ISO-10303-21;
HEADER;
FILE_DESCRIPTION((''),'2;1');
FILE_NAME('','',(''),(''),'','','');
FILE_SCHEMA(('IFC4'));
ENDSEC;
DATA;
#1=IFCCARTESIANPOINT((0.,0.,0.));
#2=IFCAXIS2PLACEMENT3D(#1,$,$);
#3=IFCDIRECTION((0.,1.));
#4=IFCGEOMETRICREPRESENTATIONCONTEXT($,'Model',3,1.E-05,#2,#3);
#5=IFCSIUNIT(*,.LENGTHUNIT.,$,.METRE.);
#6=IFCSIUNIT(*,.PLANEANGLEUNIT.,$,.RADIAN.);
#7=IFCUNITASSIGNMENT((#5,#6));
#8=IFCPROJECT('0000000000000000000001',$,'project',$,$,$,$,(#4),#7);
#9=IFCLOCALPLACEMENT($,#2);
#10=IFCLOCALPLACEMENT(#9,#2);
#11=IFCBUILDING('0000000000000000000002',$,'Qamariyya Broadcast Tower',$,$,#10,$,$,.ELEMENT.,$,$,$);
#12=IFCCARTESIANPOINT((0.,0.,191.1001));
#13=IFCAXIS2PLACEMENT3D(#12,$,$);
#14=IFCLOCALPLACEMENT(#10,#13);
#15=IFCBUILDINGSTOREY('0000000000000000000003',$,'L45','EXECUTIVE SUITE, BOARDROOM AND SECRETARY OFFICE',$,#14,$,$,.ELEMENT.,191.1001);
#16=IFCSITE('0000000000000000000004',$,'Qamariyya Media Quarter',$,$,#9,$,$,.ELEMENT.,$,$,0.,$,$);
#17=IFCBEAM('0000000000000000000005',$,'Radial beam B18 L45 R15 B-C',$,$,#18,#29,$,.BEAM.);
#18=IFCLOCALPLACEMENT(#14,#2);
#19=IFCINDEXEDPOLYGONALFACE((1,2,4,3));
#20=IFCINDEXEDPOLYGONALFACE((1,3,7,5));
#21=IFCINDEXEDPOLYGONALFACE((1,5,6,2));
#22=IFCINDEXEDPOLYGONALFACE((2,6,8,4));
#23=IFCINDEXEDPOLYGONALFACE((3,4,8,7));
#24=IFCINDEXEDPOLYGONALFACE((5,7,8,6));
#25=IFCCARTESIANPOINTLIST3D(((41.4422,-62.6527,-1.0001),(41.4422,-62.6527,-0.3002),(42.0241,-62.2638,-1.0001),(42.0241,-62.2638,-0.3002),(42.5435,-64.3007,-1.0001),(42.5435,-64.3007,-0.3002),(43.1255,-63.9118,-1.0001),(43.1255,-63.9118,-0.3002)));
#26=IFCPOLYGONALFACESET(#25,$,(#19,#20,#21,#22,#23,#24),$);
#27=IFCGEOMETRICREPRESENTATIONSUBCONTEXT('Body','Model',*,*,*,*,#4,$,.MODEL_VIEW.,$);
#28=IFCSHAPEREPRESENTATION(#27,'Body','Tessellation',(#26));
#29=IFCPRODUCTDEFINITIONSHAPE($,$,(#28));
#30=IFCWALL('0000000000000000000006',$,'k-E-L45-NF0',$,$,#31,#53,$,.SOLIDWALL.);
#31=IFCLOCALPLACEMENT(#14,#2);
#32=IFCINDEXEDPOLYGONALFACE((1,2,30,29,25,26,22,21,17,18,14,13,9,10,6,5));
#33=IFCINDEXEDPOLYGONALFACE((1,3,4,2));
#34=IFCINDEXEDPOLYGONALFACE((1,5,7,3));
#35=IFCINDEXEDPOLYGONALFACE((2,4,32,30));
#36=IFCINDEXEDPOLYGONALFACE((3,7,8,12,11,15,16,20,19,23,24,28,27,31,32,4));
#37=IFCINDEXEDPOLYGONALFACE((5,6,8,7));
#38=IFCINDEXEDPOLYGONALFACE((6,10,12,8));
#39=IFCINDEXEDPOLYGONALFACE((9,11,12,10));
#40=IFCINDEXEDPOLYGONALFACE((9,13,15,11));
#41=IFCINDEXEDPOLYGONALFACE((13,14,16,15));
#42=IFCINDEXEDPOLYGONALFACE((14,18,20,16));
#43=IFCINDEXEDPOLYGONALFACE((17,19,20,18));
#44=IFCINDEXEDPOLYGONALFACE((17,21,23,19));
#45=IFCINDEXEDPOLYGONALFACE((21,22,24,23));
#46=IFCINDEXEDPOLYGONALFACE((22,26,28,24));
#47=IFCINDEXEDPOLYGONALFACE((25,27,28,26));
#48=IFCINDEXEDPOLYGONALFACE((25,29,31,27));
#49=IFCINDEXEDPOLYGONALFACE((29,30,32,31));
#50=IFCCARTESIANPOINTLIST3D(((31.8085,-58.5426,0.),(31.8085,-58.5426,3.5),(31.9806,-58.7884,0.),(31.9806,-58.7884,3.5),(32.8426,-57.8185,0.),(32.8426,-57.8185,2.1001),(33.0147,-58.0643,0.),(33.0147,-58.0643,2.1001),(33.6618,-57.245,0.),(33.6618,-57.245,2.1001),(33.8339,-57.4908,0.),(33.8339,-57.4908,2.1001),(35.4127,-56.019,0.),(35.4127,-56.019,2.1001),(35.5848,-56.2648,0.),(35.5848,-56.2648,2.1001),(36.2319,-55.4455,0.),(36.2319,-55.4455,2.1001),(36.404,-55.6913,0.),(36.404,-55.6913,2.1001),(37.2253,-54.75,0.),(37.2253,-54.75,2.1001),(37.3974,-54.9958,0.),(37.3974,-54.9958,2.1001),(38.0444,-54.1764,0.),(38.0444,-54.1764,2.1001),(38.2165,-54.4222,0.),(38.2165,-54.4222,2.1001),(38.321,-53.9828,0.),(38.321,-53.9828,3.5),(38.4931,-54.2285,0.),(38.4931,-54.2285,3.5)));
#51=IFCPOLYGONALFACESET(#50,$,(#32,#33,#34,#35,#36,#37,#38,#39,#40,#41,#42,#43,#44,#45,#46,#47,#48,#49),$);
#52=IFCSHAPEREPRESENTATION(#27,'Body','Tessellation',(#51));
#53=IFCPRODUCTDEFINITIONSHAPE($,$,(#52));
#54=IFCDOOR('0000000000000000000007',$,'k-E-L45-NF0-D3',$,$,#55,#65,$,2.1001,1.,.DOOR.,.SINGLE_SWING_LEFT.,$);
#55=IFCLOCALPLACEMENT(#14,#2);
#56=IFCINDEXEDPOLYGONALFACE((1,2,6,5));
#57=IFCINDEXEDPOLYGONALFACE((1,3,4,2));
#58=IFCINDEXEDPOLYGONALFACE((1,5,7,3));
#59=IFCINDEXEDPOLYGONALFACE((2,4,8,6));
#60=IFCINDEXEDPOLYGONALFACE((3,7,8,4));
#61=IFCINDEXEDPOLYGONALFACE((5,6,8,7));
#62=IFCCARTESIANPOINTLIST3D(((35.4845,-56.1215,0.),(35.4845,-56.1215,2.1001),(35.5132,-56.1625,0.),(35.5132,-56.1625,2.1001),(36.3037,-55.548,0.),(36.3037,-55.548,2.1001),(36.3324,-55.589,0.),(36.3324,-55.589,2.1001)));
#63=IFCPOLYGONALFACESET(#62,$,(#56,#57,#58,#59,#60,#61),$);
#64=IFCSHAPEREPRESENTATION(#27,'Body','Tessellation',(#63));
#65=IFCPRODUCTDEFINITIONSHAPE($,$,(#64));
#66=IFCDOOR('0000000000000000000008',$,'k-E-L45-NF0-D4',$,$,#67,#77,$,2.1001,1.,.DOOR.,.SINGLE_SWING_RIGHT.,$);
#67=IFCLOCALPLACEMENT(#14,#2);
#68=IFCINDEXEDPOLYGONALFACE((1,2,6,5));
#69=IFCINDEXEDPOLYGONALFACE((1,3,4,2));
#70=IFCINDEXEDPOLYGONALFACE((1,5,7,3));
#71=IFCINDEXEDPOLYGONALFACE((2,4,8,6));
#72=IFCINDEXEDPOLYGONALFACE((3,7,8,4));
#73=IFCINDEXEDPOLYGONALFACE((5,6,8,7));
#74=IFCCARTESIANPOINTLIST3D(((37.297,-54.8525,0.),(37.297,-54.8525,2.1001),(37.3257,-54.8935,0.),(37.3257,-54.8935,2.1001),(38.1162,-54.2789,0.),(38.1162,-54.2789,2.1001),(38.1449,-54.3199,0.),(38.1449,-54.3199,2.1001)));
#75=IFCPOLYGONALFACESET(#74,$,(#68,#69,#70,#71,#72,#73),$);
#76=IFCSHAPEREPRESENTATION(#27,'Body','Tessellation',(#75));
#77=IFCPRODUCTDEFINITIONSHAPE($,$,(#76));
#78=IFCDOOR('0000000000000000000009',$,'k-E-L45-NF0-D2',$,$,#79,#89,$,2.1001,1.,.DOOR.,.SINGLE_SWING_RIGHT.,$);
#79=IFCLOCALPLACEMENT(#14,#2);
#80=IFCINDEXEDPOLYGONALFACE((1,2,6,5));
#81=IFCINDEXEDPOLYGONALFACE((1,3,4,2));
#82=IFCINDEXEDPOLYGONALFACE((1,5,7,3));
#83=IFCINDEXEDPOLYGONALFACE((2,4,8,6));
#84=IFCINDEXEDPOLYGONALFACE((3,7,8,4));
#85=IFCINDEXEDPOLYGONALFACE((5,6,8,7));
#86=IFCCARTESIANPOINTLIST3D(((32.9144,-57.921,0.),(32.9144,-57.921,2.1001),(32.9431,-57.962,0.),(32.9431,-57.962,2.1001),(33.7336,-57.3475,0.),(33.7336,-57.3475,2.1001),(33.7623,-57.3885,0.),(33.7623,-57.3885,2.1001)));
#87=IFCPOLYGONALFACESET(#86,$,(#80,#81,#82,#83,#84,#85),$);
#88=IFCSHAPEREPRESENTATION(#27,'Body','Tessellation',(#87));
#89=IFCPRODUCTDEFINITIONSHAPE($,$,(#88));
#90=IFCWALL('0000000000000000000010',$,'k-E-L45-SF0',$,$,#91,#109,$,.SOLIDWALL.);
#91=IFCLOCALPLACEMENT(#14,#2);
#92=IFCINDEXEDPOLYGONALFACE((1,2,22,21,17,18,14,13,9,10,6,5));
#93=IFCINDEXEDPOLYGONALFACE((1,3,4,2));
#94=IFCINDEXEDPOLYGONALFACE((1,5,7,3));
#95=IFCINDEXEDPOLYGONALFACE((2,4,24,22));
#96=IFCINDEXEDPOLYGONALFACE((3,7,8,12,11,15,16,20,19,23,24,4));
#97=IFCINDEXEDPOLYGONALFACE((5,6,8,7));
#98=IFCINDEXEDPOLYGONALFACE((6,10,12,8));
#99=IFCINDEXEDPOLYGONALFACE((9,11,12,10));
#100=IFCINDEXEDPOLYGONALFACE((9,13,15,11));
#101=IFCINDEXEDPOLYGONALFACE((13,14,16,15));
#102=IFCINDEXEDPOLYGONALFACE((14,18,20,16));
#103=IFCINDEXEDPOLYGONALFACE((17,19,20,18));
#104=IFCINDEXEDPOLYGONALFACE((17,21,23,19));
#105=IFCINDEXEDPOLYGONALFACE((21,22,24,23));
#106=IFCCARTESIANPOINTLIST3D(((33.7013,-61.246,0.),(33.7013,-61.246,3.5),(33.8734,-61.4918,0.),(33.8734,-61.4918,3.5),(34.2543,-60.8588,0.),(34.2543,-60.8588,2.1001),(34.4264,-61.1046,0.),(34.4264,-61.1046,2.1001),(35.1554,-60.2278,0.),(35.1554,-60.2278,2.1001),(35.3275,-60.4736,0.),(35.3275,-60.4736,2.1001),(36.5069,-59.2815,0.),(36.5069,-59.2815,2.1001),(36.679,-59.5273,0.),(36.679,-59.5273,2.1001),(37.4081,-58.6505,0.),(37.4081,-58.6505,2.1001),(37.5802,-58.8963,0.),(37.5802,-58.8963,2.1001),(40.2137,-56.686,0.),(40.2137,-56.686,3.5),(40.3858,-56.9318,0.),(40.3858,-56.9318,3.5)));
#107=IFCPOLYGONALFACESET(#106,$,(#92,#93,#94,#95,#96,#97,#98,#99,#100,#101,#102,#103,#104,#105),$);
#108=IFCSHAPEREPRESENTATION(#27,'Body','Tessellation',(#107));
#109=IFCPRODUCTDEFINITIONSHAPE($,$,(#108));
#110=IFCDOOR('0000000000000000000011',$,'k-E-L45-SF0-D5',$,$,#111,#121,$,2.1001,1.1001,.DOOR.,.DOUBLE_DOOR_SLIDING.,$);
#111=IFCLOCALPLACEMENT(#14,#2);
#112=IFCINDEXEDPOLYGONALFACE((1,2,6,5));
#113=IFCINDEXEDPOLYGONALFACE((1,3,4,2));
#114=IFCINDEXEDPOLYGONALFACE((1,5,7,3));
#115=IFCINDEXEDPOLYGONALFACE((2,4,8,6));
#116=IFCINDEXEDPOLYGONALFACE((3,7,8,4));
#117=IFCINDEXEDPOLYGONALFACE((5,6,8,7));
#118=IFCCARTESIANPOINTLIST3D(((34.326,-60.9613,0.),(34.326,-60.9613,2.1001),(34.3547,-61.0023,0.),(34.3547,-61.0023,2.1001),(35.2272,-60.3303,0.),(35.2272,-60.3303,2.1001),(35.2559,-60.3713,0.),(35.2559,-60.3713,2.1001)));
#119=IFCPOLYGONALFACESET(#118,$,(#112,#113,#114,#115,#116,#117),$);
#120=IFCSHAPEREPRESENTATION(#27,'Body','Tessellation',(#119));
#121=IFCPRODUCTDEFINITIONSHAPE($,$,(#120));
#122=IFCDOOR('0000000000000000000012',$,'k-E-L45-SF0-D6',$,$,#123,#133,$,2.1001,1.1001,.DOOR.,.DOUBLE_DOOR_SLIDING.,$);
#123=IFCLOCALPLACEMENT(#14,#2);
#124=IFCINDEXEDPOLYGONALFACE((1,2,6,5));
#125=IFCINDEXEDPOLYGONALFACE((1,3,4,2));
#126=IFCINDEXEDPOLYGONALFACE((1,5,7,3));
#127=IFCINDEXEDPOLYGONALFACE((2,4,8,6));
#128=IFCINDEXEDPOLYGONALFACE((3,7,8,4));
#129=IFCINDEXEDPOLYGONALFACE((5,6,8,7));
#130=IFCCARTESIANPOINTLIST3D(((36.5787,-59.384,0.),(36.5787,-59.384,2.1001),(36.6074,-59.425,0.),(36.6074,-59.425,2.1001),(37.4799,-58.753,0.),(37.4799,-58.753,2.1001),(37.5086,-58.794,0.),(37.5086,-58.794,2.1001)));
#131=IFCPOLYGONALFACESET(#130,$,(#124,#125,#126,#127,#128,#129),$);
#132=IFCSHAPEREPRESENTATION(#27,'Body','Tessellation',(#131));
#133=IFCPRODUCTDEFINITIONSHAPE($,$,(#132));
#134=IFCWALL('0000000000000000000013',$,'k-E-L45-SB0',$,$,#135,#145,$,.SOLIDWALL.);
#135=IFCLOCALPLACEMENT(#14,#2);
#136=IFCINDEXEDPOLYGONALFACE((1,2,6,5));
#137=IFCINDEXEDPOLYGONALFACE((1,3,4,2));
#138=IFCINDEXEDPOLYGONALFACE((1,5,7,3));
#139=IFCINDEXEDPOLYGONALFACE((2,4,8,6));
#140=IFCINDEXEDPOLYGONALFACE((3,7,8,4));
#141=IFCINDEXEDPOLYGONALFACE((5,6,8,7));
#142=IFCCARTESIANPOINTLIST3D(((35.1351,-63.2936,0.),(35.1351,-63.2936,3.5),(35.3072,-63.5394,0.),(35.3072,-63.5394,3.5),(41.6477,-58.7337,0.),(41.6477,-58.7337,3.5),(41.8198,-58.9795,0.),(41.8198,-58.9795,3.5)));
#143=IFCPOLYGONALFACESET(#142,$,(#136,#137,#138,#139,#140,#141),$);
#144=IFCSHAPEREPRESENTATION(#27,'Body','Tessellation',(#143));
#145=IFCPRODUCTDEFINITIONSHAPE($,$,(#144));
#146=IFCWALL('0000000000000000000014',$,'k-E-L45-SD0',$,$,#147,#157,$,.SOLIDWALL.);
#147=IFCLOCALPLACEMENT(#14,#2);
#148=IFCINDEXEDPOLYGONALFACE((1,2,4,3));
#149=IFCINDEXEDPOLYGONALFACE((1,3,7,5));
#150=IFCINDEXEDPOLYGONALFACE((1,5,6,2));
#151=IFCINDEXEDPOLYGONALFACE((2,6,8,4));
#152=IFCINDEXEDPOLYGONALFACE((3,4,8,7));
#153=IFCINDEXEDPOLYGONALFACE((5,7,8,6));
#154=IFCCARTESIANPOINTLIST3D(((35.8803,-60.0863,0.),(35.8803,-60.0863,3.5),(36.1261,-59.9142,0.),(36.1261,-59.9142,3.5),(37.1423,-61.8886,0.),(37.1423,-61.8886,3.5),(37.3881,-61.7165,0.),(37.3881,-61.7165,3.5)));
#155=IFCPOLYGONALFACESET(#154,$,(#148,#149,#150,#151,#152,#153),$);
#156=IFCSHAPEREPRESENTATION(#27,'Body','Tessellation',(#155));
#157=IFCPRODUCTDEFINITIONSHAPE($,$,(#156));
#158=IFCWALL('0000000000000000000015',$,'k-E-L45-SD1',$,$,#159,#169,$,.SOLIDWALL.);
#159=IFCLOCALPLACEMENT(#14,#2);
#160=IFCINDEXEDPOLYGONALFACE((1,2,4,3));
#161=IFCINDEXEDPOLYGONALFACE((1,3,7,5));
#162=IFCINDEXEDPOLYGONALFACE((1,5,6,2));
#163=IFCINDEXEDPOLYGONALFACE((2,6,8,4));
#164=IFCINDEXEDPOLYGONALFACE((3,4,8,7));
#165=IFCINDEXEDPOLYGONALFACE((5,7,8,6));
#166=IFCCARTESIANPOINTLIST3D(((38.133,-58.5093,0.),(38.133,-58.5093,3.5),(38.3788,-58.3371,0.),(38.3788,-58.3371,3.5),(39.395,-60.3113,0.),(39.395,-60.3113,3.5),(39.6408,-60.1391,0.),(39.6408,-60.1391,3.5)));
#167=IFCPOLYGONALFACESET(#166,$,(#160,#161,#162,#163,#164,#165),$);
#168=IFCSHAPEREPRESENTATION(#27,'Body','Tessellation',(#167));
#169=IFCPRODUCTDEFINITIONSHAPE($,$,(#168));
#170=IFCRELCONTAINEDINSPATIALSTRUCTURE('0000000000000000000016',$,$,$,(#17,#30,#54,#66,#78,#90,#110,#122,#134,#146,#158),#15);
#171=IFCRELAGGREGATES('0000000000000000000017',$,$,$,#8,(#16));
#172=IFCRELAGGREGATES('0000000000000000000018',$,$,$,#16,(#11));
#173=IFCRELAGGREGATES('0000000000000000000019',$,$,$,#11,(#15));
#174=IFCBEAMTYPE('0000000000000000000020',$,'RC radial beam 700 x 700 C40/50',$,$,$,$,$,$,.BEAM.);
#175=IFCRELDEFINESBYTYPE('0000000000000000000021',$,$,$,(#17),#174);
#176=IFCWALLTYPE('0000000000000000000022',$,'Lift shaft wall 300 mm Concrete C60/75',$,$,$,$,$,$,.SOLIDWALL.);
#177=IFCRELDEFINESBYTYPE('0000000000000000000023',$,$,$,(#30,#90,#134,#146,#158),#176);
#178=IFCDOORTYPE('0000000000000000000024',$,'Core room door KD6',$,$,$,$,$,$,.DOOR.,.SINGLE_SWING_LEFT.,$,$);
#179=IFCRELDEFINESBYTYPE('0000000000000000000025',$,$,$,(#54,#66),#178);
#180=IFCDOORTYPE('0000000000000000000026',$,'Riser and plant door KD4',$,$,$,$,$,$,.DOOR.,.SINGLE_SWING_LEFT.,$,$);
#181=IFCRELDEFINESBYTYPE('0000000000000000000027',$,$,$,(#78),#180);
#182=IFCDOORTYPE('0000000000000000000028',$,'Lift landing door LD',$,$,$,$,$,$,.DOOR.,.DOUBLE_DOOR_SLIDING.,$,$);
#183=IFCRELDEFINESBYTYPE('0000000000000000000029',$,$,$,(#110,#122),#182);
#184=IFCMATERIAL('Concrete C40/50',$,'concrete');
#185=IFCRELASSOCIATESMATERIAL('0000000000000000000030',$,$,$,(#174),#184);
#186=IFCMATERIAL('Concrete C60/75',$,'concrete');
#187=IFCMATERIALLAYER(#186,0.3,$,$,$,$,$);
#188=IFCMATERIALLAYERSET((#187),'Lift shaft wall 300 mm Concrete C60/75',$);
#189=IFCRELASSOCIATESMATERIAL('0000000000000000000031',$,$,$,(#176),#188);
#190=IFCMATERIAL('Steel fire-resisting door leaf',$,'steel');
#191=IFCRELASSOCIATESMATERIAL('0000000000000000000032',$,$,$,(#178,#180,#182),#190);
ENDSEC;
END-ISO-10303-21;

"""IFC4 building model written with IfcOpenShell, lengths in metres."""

from ifc_helpers import new_model, si_unit, direction, frame, frame_2d, origin, origin_2d, place, context, subcontext, project, spatial, rectangle, extrude, material, layer, layer_set, material_profile, profile_set, type_object, element, fill, save


model = new_model("IFC4")

# Units and contexts
model_context = context("Model", 3, precision=1e-05, world=origin(), true_north=direction((0.0, 1.0)))
body_context = subcontext(model_context, "Body", "Model", "MODEL_VIEW")
ifc_project = project(units=[si_unit("LENGTHUNIT", "METRE"), si_unit("PLANEANGLEUNIT", "RADIAN")], contexts=[model_context])

# Site, building, storey
site_placement = place(None, origin())
site = spatial("IfcSite", under=ifc_project, at=site_placement, Name="Qamariyya Media Quarter", CompositionType="ELEMENT", RefElevation=0.0)
building_placement = place(site_placement, origin())
building = spatial("IfcBuilding", under=site, at=building_placement, Name="Qamariyya Broadcast Tower", CompositionType="ELEMENT")
storey_placement = place(building_placement, frame((0.0, 0.0, 191.1001)))
storey = spatial("IfcBuildingStorey", under=building, at=storey_placement, Name="L45", Description="EXECUTIVE SUITE, BOARDROOM AND SECRETARY OFFICE", CompositionType="ELEMENT", Elevation=191.1001)

# Beam
ifc_material_1 = material(Name="Concrete C40/50", Category="concrete")
ifc_material_profile = material_profile(ifc_material_1, rectangle(XDim=0.7, YDim=0.7, at=origin_2d()))
ifc_profile_set = profile_set([ifc_material_profile], Name="Concrete C40/50")
beam_type = type_object("IfcBeamType", Name="RC radial beam 700 x 700 C40/50", PredefinedType="BEAM", material=ifc_profile_set)
beam_placement = place(storey_placement, frame((41.7332, -62.4583, -0.6501), z_axis=(0.555638, -0.831424, 0.0), x_axis=(0.831424, 0.555638, 0.0)))
element("IfcBeam", 1, at=beam_placement, inside=storey, type_object=beam_type, Name="Radial beam B18 L45 R15 B-C", PredefinedType="BEAM", context=body_context, shape_type="SweptSolid", body=[
    extrude(rectangle(XDim=0.7, YDim=0.7, at=origin_2d()), origin(), (0.0, 0.0, 1.0), 1.9822),
])

# Walls, openings, doors
ifc_material_2 = material(Name="Concrete C60/75", Category="concrete")
ifc_layer_1 = layer(ifc_material_2, 0.3)
ifc_layer_set_1 = layer_set([ifc_layer_1], Name="Lift shaft wall 300 mm Concrete C60/75")
wall_type_1 = type_object("IfcWallType", Name="Lift shaft wall 300 mm Concrete C60/75", PredefinedType="SOLIDWALL", material=ifc_layer_set_1)
wall_1_placement = place(storey_placement, frame((31.8945, -58.6655, 0.0), z_axis=(0.0, 0.0, 1.0), x_axis=(0.819167, 0.573555, 0.0)))
wall_1 = element("IfcWall", 2, at=wall_1_placement, inside=storey, type_object=wall_type_1, Name="k-E-L45-NF0", PredefinedType="SOLIDWALL", context=body_context, shape_type="SweptSolid", body=[
    extrude(rectangle(XDim=7.9502, YDim=0.3, at=frame_2d((3.9751, 0.0))), origin(), (0.0, 0.0, 1.0), 3.5),
])
opening_1_placement = place(wall_1_placement, frame((1.2625, 0.0, 0.0)))
opening_1 = element("IfcOpeningElement", 3, at=opening_1_placement, cuts=wall_1, PredefinedType="OPENING", context=body_context, shape_type="SweptSolid", body=[
    extrude(rectangle(XDim=1.0, YDim=2.1001, at=frame_2d((0.5, 1.05))), frame((0.0, 0.1599, 0.0), z_axis=(0.0, -1.0, 0.0), x_axis=(1.0, 0.0, 0.0)), (0.0, 0.0, 1.0), 0.3201),
])
opening_2_placement = place(wall_1_placement, frame((4.3999, 0.0, 0.0)))
opening_2 = element("IfcOpeningElement", 4, at=opening_2_placement, cuts=wall_1, PredefinedType="OPENING", context=body_context, shape_type="SweptSolid", body=[
    extrude(rectangle(XDim=1.0, YDim=2.1001, at=frame_2d((0.5, 1.05))), frame((0.0, 0.1599, 0.0), z_axis=(0.0, -1.0, 0.0), x_axis=(1.0, 0.0, 0.0)), (0.0, 0.0, 1.0), 0.3201),
])
opening_3_placement = place(wall_1_placement, frame((6.6125, 0.0, 0.0)))
opening_3 = element("IfcOpeningElement", 5, at=opening_3_placement, cuts=wall_1, PredefinedType="OPENING", context=body_context, shape_type="SweptSolid", body=[
    extrude(rectangle(XDim=1.0, YDim=2.1001, at=frame_2d((0.5, 1.05))), frame((0.0, 0.1599, 0.0), z_axis=(0.0, -1.0, 0.0), x_axis=(1.0, 0.0, 0.0)), (0.0, 0.0, 1.0), 0.3201),
])
ifc_material_3 = material(Name="Steel fire-resisting door leaf", Category="steel")
door_type_1 = type_object("IfcDoorType", Name="Core room door KD6", OperationType="SINGLE_SWING_LEFT", PredefinedType="DOOR", material=ifc_material_3)
door_1_placement = place(opening_2_placement, origin())
door_1 = element("IfcDoor", 6, at=door_1_placement, inside=storey, type_object=door_type_1, Name="k-E-L45-NF0-D3", OperationType="SINGLE_SWING_LEFT", OverallHeight=2.1001, OverallWidth=1.0, PredefinedType="DOOR", context=body_context, shape_type="SweptSolid", body=[
    extrude(rectangle(XDim=1.0, YDim=2.1001, at=frame_2d((0.5, 1.05))), frame((0.0, 0.0249, 0.0), z_axis=(0.0, -1.0, 0.0), x_axis=(1.0, 0.0, 0.0)), (0.0, 0.0, 1.0), 0.05),
])
fill(opening_2, door_1)
door_2_placement = place(opening_3_placement, origin())
door_2 = element("IfcDoor", 7, at=door_2_placement, inside=storey, type_object=door_type_1, Name="k-E-L45-NF0-D4", OperationType="SINGLE_SWING_RIGHT", OverallHeight=2.1001, OverallWidth=1.0, PredefinedType="DOOR", context=body_context, shape_type="SweptSolid", body=[
    extrude(rectangle(XDim=1.0, YDim=2.1001, at=frame_2d((0.5, 1.05))), frame((0.0, 0.0249, 0.0), z_axis=(0.0, -1.0, 0.0), x_axis=(1.0, 0.0, 0.0)), (0.0, 0.0, 1.0), 0.05),
])
fill(opening_3, door_2)
door_type_2 = type_object("IfcDoorType", Name="Riser and plant door KD4", OperationType="SINGLE_SWING_LEFT", PredefinedType="DOOR", material=ifc_material_3)
door_3_placement = place(opening_1_placement, origin())
door_3 = element("IfcDoor", 8, at=door_3_placement, inside=storey, type_object=door_type_2, Name="k-E-L45-NF0-D2", OperationType="SINGLE_SWING_RIGHT", OverallHeight=2.1001, OverallWidth=1.0, PredefinedType="DOOR", context=body_context, shape_type="SweptSolid", body=[
    extrude(rectangle(XDim=1.0, YDim=2.1001, at=frame_2d((0.5, 1.05))), frame((0.0, 0.0249, 0.0), z_axis=(0.0, -1.0, 0.0), x_axis=(1.0, 0.0, 0.0)), (0.0, 0.0, 1.0), 0.05),
])
fill(opening_1, door_3)
wall_2_placement = place(storey_placement, frame((33.7874, -61.3689, 0.0), z_axis=(0.0, 0.0, 1.0), x_axis=(0.819153, 0.573576, 0.0)))
wall_2 = element("IfcWall", 9, at=wall_2_placement, inside=storey, type_object=wall_type_1, Name="k-E-L45-SF0", PredefinedType="SOLIDWALL", context=body_context, shape_type="SweptSolid", body=[
    extrude(rectangle(XDim=7.9502, YDim=0.3, at=frame_2d((3.9751, 0.0))), origin(), (0.0, 0.0, 1.0), 3.5),
])
opening_4_placement = place(wall_2_placement, frame((0.675, 0.0, 0.0)))
opening_4 = element("IfcOpeningElement", 10, at=opening_4_placement, cuts=wall_2, PredefinedType="OPENING", context=body_context, shape_type="SweptSolid", body=[
    extrude(rectangle(XDim=1.1001, YDim=2.1001, at=frame_2d((0.55, 1.05))), frame((0.0, 0.1599, 0.0), z_axis=(0.0, -1.0, 0.0), x_axis=(1.0, 0.0, 0.0)), (0.0, 0.0, 1.0), 0.3201),
])
opening_5_placement = place(wall_2_placement, frame((3.425, 0.0, 0.0)))
opening_5 = element("IfcOpeningElement", 11, at=opening_5_placement, cuts=wall_2, PredefinedType="OPENING", context=body_context, shape_type="SweptSolid", body=[
    extrude(rectangle(XDim=1.1001, YDim=2.1001, at=frame_2d((0.55, 1.05))), frame((0.0, 0.1599, 0.0), z_axis=(0.0, -1.0, 0.0), x_axis=(1.0, 0.0, 0.0)), (0.0, 0.0, 1.0), 0.3201),
])
door_type_3 = type_object("IfcDoorType", Name="Lift landing door LD", OperationType="DOUBLE_DOOR_SLIDING", PredefinedType="DOOR", material=ifc_material_3)
door_4_placement = place(opening_4_placement, origin())
door_4 = element("IfcDoor", 12, at=door_4_placement, inside=storey, type_object=door_type_3, Name="k-E-L45-SF0-D5", OperationType="DOUBLE_DOOR_SLIDING", OverallHeight=2.1001, OverallWidth=1.1001, PredefinedType="DOOR", context=body_context, shape_type="SweptSolid", body=[
    extrude(rectangle(XDim=1.1001, YDim=2.1001, at=frame_2d((0.55, 1.05))), frame((0.0, 0.0249, 0.0), z_axis=(0.0, -1.0, 0.0), x_axis=(1.0, 0.0, 0.0)), (0.0, 0.0, 1.0), 0.05),
])
fill(opening_4, door_4)
door_5_placement = place(opening_5_placement, origin())
door_5 = element("IfcDoor", 13, at=door_5_placement, inside=storey, type_object=door_type_3, Name="k-E-L45-SF0-D6", OperationType="DOUBLE_DOOR_SLIDING", OverallHeight=2.1001, OverallWidth=1.1001, PredefinedType="DOOR", context=body_context, shape_type="SweptSolid", body=[
    extrude(rectangle(XDim=1.1001, YDim=2.1001, at=frame_2d((0.55, 1.05))), frame((0.0, 0.0249, 0.0), z_axis=(0.0, -1.0, 0.0), x_axis=(1.0, 0.0, 0.0)), (0.0, 0.0, 1.0), 0.05),
])
fill(opening_5, door_5)

# Walls
wall_3_placement = place(storey_placement, frame((35.2212, -63.4165, 0.0), z_axis=(0.0, 0.0, 1.0), x_axis=(0.819167, 0.573555, 0.0)))
element("IfcWall", 14, at=wall_3_placement, inside=storey, type_object=wall_type_1, Name="k-E-L45-SB0", PredefinedType="SOLIDWALL", context=body_context, shape_type="SweptSolid", body=[
    extrude(rectangle(XDim=7.9502, YDim=0.3, at=frame_2d((3.9751, 0.0))), origin(), (0.0, 0.0, 1.0), 3.5),
])
wall_4_placement = place(storey_placement, frame((36.0032, -60.0002, 0.0), z_axis=(0.0, 0.0, 1.0), x_axis=(0.573581, -0.819149, 0.0)))
element("IfcWall", 15, at=wall_4_placement, inside=storey, type_object=wall_type_1, Name="k-E-L45-SD0", PredefinedType="SOLIDWALL", context=body_context, shape_type="SweptSolid", body=[
    extrude(rectangle(XDim=2.2002, YDim=0.3, at=frame_2d((1.1001, 0.0))), origin(), (0.0, 0.0, 1.0), 3.5),
])
wall_5_placement = place(storey_placement, frame((38.2559, -58.4231, 0.0), z_axis=(0.0, 0.0, 1.0), x_axis=(0.573634, -0.819112, 0.0)))
element("IfcWall", 16, at=wall_5_placement, inside=storey, type_object=wall_type_1, Name="k-E-L45-SD1", PredefinedType="SOLIDWALL", context=body_context, shape_type="SweptSolid", body=[
    extrude(rectangle(XDim=2.2, YDim=0.3, at=frame_2d((1.1001, 0.0))), origin(), (0.0, 0.0, 1.0), 3.5),
])

save(model, "model.ifc")
